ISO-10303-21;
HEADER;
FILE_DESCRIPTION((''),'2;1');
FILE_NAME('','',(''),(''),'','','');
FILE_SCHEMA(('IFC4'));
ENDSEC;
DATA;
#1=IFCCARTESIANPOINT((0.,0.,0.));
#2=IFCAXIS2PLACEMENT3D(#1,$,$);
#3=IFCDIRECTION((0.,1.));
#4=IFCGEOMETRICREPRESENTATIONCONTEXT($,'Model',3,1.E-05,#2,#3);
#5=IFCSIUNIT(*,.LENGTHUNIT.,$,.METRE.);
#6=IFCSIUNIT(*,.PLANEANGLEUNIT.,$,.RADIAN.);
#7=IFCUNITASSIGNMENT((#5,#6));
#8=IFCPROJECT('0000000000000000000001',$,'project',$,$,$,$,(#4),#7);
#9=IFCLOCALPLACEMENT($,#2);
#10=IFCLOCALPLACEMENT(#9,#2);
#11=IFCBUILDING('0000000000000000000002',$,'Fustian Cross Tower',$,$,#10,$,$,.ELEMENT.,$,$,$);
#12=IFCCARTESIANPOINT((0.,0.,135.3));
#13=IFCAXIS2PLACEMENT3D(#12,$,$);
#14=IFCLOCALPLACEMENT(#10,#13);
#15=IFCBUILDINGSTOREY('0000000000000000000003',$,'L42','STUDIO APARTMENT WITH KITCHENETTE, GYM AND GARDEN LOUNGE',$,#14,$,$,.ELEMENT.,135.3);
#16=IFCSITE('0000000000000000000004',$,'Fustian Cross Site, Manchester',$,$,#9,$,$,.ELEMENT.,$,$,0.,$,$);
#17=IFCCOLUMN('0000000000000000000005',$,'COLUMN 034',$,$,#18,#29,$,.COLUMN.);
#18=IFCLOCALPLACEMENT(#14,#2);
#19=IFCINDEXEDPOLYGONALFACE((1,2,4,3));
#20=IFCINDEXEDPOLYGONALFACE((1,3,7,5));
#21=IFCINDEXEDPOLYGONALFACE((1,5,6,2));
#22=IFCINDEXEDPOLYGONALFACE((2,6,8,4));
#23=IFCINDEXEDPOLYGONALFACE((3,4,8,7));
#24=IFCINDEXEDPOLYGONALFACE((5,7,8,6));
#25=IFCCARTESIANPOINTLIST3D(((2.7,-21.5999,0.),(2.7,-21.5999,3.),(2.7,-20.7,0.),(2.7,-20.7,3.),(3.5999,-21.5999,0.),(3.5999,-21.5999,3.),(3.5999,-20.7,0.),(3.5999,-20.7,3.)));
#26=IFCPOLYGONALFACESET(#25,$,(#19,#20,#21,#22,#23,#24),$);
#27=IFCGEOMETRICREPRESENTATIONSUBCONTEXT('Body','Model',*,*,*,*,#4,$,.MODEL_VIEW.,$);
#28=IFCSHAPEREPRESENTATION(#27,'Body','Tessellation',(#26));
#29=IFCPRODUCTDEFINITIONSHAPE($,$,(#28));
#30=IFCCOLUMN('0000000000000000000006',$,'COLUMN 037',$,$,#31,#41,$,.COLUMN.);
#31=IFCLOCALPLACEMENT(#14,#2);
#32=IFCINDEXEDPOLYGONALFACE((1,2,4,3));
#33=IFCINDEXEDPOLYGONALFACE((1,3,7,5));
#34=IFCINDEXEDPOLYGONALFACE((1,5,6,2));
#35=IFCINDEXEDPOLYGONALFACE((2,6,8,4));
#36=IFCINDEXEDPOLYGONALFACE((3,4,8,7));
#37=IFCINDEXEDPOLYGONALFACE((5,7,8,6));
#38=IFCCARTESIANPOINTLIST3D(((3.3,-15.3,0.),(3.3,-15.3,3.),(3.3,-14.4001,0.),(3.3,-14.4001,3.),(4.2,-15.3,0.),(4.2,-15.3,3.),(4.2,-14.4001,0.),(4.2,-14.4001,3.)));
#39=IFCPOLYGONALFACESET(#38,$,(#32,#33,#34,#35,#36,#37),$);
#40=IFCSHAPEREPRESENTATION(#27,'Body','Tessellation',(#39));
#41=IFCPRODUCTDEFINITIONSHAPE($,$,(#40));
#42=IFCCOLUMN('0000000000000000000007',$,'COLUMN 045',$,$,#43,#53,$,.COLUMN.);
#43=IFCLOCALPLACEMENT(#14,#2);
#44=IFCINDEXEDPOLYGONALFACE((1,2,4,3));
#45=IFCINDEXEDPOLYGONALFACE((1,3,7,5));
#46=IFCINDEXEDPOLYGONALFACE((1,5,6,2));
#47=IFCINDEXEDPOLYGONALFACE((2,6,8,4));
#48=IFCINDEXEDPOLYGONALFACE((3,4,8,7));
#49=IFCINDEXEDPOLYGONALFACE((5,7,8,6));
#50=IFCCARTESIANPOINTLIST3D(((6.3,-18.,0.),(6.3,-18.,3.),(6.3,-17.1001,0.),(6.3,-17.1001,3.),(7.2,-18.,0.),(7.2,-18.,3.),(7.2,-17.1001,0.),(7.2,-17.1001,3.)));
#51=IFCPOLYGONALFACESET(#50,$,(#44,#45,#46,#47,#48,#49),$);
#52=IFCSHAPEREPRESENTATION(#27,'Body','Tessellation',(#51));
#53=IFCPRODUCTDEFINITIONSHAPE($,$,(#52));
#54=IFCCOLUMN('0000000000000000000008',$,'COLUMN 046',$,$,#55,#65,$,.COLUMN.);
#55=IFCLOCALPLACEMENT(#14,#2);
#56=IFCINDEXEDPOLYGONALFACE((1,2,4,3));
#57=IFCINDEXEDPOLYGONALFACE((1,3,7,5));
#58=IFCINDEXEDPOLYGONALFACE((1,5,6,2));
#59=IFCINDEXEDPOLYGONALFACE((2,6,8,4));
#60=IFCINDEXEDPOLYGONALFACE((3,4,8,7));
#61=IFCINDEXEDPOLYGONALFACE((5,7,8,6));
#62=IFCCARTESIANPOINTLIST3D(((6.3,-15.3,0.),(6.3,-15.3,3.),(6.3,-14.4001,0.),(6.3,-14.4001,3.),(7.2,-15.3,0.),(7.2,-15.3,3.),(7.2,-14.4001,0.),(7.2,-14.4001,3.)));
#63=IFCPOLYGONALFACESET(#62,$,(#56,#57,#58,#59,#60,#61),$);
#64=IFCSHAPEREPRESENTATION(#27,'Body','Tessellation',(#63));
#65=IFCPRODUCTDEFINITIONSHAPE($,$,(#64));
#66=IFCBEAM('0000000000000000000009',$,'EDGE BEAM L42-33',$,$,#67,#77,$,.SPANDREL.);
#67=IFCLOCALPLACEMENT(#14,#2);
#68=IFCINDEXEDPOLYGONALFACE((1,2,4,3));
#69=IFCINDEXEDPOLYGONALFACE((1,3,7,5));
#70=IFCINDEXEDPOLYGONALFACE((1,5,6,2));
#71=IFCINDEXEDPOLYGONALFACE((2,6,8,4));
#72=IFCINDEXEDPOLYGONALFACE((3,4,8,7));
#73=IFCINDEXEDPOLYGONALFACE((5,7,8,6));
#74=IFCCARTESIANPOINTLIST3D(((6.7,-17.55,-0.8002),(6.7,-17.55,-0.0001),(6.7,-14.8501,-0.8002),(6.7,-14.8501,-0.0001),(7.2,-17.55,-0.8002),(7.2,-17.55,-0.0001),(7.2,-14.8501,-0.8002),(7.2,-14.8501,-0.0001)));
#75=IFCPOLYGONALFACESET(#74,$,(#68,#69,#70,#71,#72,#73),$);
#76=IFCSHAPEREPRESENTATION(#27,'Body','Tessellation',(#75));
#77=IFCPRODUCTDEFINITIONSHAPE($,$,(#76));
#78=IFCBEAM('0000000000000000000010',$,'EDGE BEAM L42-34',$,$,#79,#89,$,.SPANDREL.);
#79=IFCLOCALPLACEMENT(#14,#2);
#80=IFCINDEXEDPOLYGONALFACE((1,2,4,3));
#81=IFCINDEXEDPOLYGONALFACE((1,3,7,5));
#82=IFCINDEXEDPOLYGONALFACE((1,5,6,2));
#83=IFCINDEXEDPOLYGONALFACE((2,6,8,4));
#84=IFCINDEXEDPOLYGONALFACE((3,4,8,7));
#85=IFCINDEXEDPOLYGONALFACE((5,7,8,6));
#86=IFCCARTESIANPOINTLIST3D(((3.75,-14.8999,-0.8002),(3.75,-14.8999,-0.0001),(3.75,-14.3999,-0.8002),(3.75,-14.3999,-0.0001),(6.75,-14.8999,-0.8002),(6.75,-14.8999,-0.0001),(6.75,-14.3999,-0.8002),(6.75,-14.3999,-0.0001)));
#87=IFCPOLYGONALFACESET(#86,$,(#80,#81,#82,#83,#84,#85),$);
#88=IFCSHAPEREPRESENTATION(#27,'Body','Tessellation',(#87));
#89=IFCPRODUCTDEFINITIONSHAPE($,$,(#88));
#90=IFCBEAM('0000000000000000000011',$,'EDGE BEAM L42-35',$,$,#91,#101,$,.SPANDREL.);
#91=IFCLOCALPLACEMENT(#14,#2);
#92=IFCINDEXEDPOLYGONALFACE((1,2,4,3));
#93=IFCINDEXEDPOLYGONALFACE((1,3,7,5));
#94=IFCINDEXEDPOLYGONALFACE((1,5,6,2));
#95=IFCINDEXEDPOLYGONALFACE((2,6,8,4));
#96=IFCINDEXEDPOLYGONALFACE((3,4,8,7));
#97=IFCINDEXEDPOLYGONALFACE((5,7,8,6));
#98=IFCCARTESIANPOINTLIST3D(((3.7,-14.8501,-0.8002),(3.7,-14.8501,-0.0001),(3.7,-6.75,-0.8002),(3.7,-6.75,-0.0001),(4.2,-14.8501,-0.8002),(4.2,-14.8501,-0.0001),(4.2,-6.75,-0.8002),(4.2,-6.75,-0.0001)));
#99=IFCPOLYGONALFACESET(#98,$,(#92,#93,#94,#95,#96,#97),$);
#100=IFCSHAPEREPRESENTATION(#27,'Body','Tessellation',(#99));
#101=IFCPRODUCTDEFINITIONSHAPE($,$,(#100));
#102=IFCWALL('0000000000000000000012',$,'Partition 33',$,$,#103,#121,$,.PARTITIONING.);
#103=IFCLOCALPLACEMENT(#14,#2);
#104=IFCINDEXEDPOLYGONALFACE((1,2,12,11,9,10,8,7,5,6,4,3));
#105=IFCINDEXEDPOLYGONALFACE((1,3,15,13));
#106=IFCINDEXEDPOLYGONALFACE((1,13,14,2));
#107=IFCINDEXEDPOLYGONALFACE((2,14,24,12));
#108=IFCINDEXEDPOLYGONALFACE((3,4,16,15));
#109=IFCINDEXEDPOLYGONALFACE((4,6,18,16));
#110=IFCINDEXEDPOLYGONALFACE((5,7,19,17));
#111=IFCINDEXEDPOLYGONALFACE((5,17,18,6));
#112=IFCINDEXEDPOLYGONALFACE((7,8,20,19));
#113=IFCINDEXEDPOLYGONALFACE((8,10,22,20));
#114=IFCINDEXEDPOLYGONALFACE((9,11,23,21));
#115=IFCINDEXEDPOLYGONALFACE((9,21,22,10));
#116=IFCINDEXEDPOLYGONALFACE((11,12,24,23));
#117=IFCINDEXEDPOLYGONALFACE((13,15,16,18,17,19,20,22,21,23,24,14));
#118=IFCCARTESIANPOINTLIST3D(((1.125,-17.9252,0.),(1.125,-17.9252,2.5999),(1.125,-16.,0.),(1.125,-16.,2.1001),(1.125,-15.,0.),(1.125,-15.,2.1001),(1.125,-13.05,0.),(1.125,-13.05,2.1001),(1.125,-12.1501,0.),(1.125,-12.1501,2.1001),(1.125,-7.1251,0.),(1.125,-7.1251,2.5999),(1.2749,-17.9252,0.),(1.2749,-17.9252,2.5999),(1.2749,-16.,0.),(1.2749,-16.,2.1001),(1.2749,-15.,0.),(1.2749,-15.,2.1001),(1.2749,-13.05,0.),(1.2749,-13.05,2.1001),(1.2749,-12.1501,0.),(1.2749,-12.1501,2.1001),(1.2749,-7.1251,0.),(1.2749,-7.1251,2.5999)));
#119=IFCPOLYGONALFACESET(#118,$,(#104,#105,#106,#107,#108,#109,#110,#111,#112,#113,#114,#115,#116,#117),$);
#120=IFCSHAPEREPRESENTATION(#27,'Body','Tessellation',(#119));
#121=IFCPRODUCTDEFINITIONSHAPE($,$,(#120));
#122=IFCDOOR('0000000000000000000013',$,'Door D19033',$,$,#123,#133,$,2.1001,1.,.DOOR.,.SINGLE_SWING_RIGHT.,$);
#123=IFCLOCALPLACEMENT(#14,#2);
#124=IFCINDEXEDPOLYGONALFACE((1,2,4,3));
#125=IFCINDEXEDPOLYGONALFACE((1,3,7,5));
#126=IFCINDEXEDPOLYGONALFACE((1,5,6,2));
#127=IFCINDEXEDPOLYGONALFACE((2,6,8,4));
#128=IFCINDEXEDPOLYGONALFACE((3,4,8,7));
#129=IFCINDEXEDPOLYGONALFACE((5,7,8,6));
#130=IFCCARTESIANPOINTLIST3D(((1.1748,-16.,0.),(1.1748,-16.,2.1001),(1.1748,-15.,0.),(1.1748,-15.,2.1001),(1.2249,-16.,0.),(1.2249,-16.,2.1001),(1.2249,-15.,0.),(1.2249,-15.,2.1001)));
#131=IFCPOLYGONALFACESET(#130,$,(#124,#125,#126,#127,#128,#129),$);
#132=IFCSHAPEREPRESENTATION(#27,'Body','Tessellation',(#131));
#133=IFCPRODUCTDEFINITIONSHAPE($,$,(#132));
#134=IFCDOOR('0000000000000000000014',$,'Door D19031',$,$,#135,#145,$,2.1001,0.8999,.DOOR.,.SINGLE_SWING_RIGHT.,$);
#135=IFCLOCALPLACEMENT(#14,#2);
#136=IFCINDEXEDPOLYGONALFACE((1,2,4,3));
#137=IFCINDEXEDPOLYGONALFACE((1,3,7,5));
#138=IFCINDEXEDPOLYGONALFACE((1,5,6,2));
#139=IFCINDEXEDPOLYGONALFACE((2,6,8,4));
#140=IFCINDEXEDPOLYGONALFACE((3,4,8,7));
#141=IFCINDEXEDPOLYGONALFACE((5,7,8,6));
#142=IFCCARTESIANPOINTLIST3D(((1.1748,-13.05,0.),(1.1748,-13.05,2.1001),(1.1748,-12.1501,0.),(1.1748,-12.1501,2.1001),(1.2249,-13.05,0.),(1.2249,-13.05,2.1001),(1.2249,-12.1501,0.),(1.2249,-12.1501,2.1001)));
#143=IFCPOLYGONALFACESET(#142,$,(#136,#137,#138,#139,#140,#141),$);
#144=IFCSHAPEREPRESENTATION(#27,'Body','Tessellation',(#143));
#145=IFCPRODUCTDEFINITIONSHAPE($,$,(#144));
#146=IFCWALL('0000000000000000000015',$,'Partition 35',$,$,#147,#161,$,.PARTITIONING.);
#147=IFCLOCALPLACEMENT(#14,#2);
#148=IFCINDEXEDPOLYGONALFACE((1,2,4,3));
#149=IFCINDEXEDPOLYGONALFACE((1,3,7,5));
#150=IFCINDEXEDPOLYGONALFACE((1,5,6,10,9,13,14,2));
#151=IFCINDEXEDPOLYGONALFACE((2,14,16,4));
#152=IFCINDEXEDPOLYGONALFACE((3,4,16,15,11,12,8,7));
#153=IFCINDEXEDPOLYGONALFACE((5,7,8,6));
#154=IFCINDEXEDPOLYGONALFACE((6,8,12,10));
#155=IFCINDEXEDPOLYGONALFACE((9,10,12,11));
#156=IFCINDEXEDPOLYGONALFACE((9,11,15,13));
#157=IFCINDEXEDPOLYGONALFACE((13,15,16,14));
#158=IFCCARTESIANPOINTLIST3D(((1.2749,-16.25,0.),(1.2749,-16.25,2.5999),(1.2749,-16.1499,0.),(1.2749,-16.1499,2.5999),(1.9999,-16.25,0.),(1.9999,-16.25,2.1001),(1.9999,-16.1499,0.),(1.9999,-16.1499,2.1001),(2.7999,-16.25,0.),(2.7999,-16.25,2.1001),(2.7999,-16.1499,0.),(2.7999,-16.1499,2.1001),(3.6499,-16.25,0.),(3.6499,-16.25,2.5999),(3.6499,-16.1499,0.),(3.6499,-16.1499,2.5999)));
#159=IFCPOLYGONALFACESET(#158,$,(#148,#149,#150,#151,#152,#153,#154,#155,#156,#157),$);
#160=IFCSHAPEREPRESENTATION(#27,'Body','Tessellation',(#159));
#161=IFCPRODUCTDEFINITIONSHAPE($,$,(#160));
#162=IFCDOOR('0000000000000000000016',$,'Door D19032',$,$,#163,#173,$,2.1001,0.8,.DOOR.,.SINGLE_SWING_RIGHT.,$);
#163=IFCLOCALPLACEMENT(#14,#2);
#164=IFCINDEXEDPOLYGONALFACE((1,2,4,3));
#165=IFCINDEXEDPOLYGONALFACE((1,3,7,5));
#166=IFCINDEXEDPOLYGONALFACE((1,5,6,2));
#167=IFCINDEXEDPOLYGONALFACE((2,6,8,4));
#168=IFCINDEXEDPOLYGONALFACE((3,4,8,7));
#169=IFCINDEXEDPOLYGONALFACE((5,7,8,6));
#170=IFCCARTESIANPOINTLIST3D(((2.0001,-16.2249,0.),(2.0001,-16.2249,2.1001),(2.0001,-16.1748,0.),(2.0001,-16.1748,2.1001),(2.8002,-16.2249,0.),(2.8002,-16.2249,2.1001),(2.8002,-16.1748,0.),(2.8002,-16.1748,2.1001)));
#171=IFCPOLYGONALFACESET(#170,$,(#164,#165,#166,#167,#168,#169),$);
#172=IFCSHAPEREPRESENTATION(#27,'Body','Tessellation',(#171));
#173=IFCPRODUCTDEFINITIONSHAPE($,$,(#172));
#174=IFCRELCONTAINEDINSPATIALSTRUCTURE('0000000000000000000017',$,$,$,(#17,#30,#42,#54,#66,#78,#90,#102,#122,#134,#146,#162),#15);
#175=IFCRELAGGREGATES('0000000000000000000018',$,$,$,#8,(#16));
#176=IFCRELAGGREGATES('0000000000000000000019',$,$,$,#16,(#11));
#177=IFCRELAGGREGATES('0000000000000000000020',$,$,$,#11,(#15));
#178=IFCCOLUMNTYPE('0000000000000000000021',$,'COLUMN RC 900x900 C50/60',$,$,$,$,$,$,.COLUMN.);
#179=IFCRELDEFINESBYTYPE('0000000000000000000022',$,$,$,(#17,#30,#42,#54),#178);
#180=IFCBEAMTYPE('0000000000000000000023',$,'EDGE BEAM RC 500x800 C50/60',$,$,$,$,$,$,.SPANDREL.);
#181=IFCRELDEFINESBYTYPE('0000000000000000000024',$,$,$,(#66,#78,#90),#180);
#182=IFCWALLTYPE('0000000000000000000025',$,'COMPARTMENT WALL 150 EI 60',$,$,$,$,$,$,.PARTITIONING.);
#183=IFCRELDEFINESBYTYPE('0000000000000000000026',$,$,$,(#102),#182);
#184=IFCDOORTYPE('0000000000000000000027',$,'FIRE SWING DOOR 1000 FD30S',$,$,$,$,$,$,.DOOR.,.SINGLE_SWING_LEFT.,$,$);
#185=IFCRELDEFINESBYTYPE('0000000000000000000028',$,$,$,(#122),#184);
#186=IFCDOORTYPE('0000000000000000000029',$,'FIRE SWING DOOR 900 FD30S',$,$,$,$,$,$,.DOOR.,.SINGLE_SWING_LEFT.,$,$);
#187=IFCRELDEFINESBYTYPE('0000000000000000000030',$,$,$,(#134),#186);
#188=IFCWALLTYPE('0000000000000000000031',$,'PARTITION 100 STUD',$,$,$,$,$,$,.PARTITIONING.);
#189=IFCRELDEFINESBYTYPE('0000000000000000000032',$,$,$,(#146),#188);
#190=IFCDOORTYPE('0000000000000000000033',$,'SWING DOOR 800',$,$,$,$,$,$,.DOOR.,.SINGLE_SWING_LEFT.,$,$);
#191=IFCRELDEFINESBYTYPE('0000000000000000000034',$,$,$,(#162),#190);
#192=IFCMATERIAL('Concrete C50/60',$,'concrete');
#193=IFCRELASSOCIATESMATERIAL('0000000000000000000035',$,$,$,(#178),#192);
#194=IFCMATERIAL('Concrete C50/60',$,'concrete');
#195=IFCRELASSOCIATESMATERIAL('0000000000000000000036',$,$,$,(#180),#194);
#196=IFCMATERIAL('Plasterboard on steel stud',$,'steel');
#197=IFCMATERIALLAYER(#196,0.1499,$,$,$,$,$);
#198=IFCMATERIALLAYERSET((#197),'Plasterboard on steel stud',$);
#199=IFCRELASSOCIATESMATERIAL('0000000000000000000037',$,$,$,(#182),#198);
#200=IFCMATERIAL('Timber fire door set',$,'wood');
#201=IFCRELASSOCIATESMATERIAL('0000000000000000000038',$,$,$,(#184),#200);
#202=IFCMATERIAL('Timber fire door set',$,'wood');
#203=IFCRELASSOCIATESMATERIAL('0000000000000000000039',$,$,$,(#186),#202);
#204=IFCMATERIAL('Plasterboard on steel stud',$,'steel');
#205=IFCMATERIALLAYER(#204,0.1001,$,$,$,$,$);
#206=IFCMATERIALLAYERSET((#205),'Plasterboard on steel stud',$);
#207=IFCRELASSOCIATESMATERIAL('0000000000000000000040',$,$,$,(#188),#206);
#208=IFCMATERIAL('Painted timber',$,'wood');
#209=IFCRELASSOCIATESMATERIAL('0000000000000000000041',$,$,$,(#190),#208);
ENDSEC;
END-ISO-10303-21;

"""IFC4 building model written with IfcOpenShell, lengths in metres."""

from ifc_helpers import new_model, si_unit, direction, frame, frame_2d, origin, origin_2d, place, context, subcontext, project, spatial, rectangle, extrude, material, layer, layer_set, material_profile, profile_set, type_object, element, fill, save


model = new_model("IFC4")

# Units and contexts
model_context = context("Model", 3, precision=1e-05, world=origin(), true_north=direction((0.0, 1.0)))
body_context = subcontext(model_context, "Body", "Model", "MODEL_VIEW")
ifc_project = project(units=[si_unit("LENGTHUNIT", "METRE"), si_unit("PLANEANGLEUNIT", "RADIAN")], contexts=[model_context])

# Site, building, storey
site_placement = place(None, origin())
site = spatial("IfcSite", under=ifc_project, at=site_placement, Name="Fustian Cross Site, Manchester", CompositionType="ELEMENT", RefElevation=0.0)
building_placement = place(site_placement, origin())
building = spatial("IfcBuilding", under=site, at=building_placement, Name="Fustian Cross Tower", CompositionType="ELEMENT")
storey_placement = place(building_placement, frame((0.0, 0.0, 135.3)))
storey = spatial("IfcBuildingStorey", under=building, at=storey_placement, Name="L42", Description="STUDIO APARTMENT WITH KITCHENETTE, GYM AND GARDEN LOUNGE", CompositionType="ELEMENT", Elevation=135.3)

# Columns
ifc_material_1 = material(Name="Concrete C50/60", Category="concrete")
ifc_material_profile_1 = material_profile(ifc_material_1, rectangle(XDim=0.8999, YDim=0.8999, at=origin_2d()), Name="RC 900x900")
ifc_profile_set_1 = profile_set([ifc_material_profile_1], Name="Concrete C50/60")
column_type = type_object("IfcColumnType", Name="COLUMN RC 900x900 C50/60", PredefinedType="COLUMN", material=ifc_profile_set_1)
for number, where, z_axis, x_axis, name in (
    (1, (3.1499, -21.1499, 0.0), (0.0, 0.0, 1.0), (1.0, 0.0, 0.0), "COLUMN 034"),
    (2, (3.75, -14.8501, 0.0), (0.0, 0.0, 1.0), (1.0, 0.0, 0.0), "COLUMN 037"),
    (3, (6.75, -17.55, 0.0), (0.0, 0.0, 1.0), (1.0, 0.0, 0.0), "COLUMN 045"),
    (4, (6.75, -14.8501, 0.0), (0.0, 0.0, 1.0), (1.0, 0.0, 0.0), "COLUMN 046"),
):
    element("IfcColumn", number, at=place(storey_placement, frame(where, z_axis=z_axis, x_axis=x_axis)), inside=storey, type_object=column_type, Name=name, PredefinedType="COLUMN", context=body_context, shape_type="SweptSolid", body=[
        extrude(rectangle(XDim=0.8999, YDim=0.8999, at=origin_2d()), origin(), (0.0, 0.0, 1.0), 3.0),
    ])

# Beams
ifc_material_2 = material(Name="Concrete C50/60", Category="concrete")
ifc_material_profile_2 = material_profile(ifc_material_2, rectangle(XDim=0.5, YDim=0.8, at=origin_2d()), Name="RC 500x800")
ifc_profile_set_2 = profile_set([ifc_material_profile_2], Name="Concrete C50/60")
beam_type = type_object("IfcBeamType", Name="EDGE BEAM RC 500x800 C50/60", PredefinedType="SPANDREL", material=ifc_profile_set_2)
beam_1_placement = place(storey_placement, frame((6.95, -17.55, -0.4001), z_axis=(0.0, 1.0, 0.0), x_axis=(-1.0, 0.0, 0.0)))
element("IfcBeam", 5, at=beam_1_placement, inside=storey, type_object=beam_type, Name="EDGE BEAM L42-33", PredefinedType="SPANDREL", context=body_context, shape_type="SweptSolid", body=[
    extrude(rectangle(XDim=0.5, YDim=0.8, at=origin_2d()), origin(), (0.0, 0.0, 1.0), 2.7),
])
beam_2_placement = place(storey_placement, frame((6.75, -14.6499, -0.4001), z_axis=(-1.0, 0.0, 0.0), x_axis=(0.0, -1.0, 0.0)))
element("IfcBeam", 6, at=beam_2_placement, inside=storey, type_object=beam_type, Name="EDGE BEAM L42-34", PredefinedType="SPANDREL", context=body_context, shape_type="SweptSolid", body=[
    extrude(rectangle(XDim=0.5, YDim=0.8, at=origin_2d()), origin(), (0.0, 0.0, 1.0), 3.0),
])
beam_3_placement = place(storey_placement, frame((3.95, -14.8501, -0.4001), z_axis=(0.0, 1.0, 0.0), x_axis=(-1.0, 0.0, 0.0)))
element("IfcBeam", 7, at=beam_3_placement, inside=storey, type_object=beam_type, Name="EDGE BEAM L42-35", PredefinedType="SPANDREL", context=body_context, shape_type="SweptSolid", body=[
    extrude(rectangle(XDim=0.5, YDim=0.8, at=origin_2d()), origin(), (0.0, 0.0, 1.0), 8.1001),
])

# Wall, openings, doors
ifc_material_3 = material(Name="Plasterboard on steel stud", Category="steel")
ifc_layer_1 = layer(ifc_material_3, 0.1499)
ifc_layer_set_1 = layer_set([ifc_layer_1], Name="Plasterboard on steel stud")
wall_type_1 = type_object("IfcWallType", Name="COMPARTMENT WALL 150 EI 60", PredefinedType="PARTITIONING", material=ifc_layer_set_1)
wall_1_placement = place(storey_placement, frame((1.2, -17.925, 0.0), z_axis=(0.0, 0.0, 1.0), x_axis=(0.0, 1.0, 0.0)))
wall_1 = element("IfcWall", 8, at=wall_1_placement, inside=storey, type_object=wall_type_1, Name="Partition 33", PredefinedType="PARTITIONING", context=body_context, shape_type="SweptSolid", body=[
    extrude(rectangle(XDim=10.8, YDim=0.1499, at=frame_2d((5.3999, 0.0))), origin(), (0.0, 0.0, 1.0), 2.5999),
])
opening_1_placement = place(wall_1_placement, frame((4.875, 0.0, 0.0)))
opening_1 = element("IfcOpeningElement", 9, at=opening_1_placement, cuts=wall_1, PredefinedType="OPENING", context=body_context, shape_type="SweptSolid", body=[
    extrude(rectangle(XDim=0.8999, YDim=2.1001, at=frame_2d((0.45, 1.05))), frame((0.0, 0.085, 0.0), z_axis=(0.0, -1.0, 0.0), x_axis=(1.0, 0.0, 0.0)), (0.0, 0.0, 1.0), 0.1699),
])
opening_2_placement = place(wall_1_placement, frame((1.925, 0.0, 0.0)))
opening_2 = element("IfcOpeningElement", 10, at=opening_2_placement, cuts=wall_1, PredefinedType="OPENING", context=body_context, shape_type="SweptSolid", body=[
    extrude(rectangle(XDim=1.0, YDim=2.1001, at=frame_2d((0.5, 1.05))), frame((0.0, 0.085, 0.0), z_axis=(0.0, -1.0, 0.0), x_axis=(1.0, 0.0, 0.0)), (0.0, 0.0, 1.0), 0.1699),
])
ifc_material_4 = material(Name="Timber fire door set", Category="wood")
door_type_1 = type_object("IfcDoorType", Name="FIRE SWING DOOR 1000 FD30S", OperationType="SINGLE_SWING_LEFT", PredefinedType="DOOR", material=ifc_material_4)
door_1_placement = place(opening_2_placement, frame((1.0, 0.0, 0.0), z_axis=(0.0, 0.0, 1.0), x_axis=(-1.0, 0.0, 0.0)))
door_1 = element("IfcDoor", 11, at=door_1_placement, inside=storey, type_object=door_type_1, Name="Door D19033", OperationType="SINGLE_SWING_RIGHT", OverallHeight=2.1001, OverallWidth=1.0, PredefinedType="DOOR", context=body_context, shape_type="SweptSolid", body=[
    extrude(rectangle(XDim=1.0, YDim=2.1001, at=frame_2d((0.5, 1.05))), frame((0.0, 0.0249, 0.0), z_axis=(0.0, -1.0, 0.0), x_axis=(1.0, 0.0, 0.0)), (0.0, 0.0, 1.0), 0.05),
])
fill(opening_2, door_1)
ifc_material_5 = material(Name="Timber fire door set", Category="wood")
door_type_2 = type_object("IfcDoorType", Name="FIRE SWING DOOR 900 FD30S", OperationType="SINGLE_SWING_LEFT", PredefinedType="DOOR", material=ifc_material_5)
door_2_placement = place(opening_1_placement, frame((0.8999, 0.0, 0.0), z_axis=(0.0, 0.0, 1.0), x_axis=(-1.0, 0.0, 0.0)))
door_2 = element("IfcDoor", 12, at=door_2_placement, inside=storey, type_object=door_type_2, Name="Door D19031", OperationType="SINGLE_SWING_RIGHT", OverallHeight=2.1001, OverallWidth=0.8999, PredefinedType="DOOR", context=body_context, shape_type="SweptSolid", body=[
    extrude(rectangle(XDim=0.8999, YDim=2.1001, at=frame_2d((0.45, 1.05))), frame((0.0, 0.0249, 0.0), z_axis=(0.0, -1.0, 0.0), x_axis=(1.0, 0.0, 0.0)), (0.0, 0.0, 1.0), 0.05),
])
fill(opening_1, door_2)

# Wall, opening, door
ifc_material_6 = material(Name="Plasterboard on steel stud", Category="steel")
ifc_layer_2 = layer(ifc_material_6, 0.1001)
ifc_layer_set_2 = layer_set([ifc_layer_2], Name="Plasterboard on steel stud")
wall_type_2 = type_object("IfcWallType", Name="PARTITION 100 STUD", PredefinedType="PARTITIONING", material=ifc_layer_set_2)
wall_2_placement = place(storey_placement, frame((1.2749, -16.2, 0.0), z_axis=(0.0, 0.0, 1.0), x_axis=(1.0, 0.0, 0.0)))
wall_2 = element("IfcWall", 13, at=wall_2_placement, inside=storey, type_object=wall_type_2, Name="Partition 35", PredefinedType="PARTITIONING", context=body_context, shape_type="SweptSolid", body=[
    extrude(rectangle(XDim=2.375, YDim=0.1001, at=frame_2d((1.1875, 0.0))), origin(), (0.0, 0.0, 1.0), 2.5999),
])
opening_3_placement = place(wall_2_placement, frame((0.7251, 0.0, 0.0)))
opening_3 = element("IfcOpeningElement", 14, at=opening_3_placement, cuts=wall_2, PredefinedType="OPENING", context=body_context, shape_type="SweptSolid", body=[
    extrude(rectangle(XDim=0.8, YDim=2.1001, at=frame_2d((0.3999, 1.05))), frame((0.0, 0.0601, 0.0), z_axis=(0.0, -1.0, 0.0), x_axis=(1.0, 0.0, 0.0)), (0.0, 0.0, 1.0), 0.1201),
])
ifc_material_7 = material(Name="Painted timber", Category="wood")
door_type_3 = type_object("IfcDoorType", Name="SWING DOOR 800", OperationType="SINGLE_SWING_LEFT", PredefinedType="DOOR", material=ifc_material_7)
door_3_placement = place(opening_3_placement, frame((0.8, 0.0, 0.0), z_axis=(0.0, 0.0, 1.0), x_axis=(-1.0, 0.0, 0.0)))
door_3 = element("IfcDoor", 15, at=door_3_placement, inside=storey, type_object=door_type_3, Name="Door D19032", OperationType="SINGLE_SWING_RIGHT", OverallHeight=2.1001, OverallWidth=0.8, PredefinedType="DOOR", context=body_context, shape_type="SweptSolid", body=[
    extrude(rectangle(XDim=0.8, YDim=2.1001, at=frame_2d((0.3999, 1.05))), frame((0.0, 0.0249, 0.0), z_axis=(0.0, -1.0, 0.0), x_axis=(1.0, 0.0, 0.0)), (0.0, 0.0, 1.0), 0.05),
])
fill(opening_3, door_3)

save(model, "model.ifc")
